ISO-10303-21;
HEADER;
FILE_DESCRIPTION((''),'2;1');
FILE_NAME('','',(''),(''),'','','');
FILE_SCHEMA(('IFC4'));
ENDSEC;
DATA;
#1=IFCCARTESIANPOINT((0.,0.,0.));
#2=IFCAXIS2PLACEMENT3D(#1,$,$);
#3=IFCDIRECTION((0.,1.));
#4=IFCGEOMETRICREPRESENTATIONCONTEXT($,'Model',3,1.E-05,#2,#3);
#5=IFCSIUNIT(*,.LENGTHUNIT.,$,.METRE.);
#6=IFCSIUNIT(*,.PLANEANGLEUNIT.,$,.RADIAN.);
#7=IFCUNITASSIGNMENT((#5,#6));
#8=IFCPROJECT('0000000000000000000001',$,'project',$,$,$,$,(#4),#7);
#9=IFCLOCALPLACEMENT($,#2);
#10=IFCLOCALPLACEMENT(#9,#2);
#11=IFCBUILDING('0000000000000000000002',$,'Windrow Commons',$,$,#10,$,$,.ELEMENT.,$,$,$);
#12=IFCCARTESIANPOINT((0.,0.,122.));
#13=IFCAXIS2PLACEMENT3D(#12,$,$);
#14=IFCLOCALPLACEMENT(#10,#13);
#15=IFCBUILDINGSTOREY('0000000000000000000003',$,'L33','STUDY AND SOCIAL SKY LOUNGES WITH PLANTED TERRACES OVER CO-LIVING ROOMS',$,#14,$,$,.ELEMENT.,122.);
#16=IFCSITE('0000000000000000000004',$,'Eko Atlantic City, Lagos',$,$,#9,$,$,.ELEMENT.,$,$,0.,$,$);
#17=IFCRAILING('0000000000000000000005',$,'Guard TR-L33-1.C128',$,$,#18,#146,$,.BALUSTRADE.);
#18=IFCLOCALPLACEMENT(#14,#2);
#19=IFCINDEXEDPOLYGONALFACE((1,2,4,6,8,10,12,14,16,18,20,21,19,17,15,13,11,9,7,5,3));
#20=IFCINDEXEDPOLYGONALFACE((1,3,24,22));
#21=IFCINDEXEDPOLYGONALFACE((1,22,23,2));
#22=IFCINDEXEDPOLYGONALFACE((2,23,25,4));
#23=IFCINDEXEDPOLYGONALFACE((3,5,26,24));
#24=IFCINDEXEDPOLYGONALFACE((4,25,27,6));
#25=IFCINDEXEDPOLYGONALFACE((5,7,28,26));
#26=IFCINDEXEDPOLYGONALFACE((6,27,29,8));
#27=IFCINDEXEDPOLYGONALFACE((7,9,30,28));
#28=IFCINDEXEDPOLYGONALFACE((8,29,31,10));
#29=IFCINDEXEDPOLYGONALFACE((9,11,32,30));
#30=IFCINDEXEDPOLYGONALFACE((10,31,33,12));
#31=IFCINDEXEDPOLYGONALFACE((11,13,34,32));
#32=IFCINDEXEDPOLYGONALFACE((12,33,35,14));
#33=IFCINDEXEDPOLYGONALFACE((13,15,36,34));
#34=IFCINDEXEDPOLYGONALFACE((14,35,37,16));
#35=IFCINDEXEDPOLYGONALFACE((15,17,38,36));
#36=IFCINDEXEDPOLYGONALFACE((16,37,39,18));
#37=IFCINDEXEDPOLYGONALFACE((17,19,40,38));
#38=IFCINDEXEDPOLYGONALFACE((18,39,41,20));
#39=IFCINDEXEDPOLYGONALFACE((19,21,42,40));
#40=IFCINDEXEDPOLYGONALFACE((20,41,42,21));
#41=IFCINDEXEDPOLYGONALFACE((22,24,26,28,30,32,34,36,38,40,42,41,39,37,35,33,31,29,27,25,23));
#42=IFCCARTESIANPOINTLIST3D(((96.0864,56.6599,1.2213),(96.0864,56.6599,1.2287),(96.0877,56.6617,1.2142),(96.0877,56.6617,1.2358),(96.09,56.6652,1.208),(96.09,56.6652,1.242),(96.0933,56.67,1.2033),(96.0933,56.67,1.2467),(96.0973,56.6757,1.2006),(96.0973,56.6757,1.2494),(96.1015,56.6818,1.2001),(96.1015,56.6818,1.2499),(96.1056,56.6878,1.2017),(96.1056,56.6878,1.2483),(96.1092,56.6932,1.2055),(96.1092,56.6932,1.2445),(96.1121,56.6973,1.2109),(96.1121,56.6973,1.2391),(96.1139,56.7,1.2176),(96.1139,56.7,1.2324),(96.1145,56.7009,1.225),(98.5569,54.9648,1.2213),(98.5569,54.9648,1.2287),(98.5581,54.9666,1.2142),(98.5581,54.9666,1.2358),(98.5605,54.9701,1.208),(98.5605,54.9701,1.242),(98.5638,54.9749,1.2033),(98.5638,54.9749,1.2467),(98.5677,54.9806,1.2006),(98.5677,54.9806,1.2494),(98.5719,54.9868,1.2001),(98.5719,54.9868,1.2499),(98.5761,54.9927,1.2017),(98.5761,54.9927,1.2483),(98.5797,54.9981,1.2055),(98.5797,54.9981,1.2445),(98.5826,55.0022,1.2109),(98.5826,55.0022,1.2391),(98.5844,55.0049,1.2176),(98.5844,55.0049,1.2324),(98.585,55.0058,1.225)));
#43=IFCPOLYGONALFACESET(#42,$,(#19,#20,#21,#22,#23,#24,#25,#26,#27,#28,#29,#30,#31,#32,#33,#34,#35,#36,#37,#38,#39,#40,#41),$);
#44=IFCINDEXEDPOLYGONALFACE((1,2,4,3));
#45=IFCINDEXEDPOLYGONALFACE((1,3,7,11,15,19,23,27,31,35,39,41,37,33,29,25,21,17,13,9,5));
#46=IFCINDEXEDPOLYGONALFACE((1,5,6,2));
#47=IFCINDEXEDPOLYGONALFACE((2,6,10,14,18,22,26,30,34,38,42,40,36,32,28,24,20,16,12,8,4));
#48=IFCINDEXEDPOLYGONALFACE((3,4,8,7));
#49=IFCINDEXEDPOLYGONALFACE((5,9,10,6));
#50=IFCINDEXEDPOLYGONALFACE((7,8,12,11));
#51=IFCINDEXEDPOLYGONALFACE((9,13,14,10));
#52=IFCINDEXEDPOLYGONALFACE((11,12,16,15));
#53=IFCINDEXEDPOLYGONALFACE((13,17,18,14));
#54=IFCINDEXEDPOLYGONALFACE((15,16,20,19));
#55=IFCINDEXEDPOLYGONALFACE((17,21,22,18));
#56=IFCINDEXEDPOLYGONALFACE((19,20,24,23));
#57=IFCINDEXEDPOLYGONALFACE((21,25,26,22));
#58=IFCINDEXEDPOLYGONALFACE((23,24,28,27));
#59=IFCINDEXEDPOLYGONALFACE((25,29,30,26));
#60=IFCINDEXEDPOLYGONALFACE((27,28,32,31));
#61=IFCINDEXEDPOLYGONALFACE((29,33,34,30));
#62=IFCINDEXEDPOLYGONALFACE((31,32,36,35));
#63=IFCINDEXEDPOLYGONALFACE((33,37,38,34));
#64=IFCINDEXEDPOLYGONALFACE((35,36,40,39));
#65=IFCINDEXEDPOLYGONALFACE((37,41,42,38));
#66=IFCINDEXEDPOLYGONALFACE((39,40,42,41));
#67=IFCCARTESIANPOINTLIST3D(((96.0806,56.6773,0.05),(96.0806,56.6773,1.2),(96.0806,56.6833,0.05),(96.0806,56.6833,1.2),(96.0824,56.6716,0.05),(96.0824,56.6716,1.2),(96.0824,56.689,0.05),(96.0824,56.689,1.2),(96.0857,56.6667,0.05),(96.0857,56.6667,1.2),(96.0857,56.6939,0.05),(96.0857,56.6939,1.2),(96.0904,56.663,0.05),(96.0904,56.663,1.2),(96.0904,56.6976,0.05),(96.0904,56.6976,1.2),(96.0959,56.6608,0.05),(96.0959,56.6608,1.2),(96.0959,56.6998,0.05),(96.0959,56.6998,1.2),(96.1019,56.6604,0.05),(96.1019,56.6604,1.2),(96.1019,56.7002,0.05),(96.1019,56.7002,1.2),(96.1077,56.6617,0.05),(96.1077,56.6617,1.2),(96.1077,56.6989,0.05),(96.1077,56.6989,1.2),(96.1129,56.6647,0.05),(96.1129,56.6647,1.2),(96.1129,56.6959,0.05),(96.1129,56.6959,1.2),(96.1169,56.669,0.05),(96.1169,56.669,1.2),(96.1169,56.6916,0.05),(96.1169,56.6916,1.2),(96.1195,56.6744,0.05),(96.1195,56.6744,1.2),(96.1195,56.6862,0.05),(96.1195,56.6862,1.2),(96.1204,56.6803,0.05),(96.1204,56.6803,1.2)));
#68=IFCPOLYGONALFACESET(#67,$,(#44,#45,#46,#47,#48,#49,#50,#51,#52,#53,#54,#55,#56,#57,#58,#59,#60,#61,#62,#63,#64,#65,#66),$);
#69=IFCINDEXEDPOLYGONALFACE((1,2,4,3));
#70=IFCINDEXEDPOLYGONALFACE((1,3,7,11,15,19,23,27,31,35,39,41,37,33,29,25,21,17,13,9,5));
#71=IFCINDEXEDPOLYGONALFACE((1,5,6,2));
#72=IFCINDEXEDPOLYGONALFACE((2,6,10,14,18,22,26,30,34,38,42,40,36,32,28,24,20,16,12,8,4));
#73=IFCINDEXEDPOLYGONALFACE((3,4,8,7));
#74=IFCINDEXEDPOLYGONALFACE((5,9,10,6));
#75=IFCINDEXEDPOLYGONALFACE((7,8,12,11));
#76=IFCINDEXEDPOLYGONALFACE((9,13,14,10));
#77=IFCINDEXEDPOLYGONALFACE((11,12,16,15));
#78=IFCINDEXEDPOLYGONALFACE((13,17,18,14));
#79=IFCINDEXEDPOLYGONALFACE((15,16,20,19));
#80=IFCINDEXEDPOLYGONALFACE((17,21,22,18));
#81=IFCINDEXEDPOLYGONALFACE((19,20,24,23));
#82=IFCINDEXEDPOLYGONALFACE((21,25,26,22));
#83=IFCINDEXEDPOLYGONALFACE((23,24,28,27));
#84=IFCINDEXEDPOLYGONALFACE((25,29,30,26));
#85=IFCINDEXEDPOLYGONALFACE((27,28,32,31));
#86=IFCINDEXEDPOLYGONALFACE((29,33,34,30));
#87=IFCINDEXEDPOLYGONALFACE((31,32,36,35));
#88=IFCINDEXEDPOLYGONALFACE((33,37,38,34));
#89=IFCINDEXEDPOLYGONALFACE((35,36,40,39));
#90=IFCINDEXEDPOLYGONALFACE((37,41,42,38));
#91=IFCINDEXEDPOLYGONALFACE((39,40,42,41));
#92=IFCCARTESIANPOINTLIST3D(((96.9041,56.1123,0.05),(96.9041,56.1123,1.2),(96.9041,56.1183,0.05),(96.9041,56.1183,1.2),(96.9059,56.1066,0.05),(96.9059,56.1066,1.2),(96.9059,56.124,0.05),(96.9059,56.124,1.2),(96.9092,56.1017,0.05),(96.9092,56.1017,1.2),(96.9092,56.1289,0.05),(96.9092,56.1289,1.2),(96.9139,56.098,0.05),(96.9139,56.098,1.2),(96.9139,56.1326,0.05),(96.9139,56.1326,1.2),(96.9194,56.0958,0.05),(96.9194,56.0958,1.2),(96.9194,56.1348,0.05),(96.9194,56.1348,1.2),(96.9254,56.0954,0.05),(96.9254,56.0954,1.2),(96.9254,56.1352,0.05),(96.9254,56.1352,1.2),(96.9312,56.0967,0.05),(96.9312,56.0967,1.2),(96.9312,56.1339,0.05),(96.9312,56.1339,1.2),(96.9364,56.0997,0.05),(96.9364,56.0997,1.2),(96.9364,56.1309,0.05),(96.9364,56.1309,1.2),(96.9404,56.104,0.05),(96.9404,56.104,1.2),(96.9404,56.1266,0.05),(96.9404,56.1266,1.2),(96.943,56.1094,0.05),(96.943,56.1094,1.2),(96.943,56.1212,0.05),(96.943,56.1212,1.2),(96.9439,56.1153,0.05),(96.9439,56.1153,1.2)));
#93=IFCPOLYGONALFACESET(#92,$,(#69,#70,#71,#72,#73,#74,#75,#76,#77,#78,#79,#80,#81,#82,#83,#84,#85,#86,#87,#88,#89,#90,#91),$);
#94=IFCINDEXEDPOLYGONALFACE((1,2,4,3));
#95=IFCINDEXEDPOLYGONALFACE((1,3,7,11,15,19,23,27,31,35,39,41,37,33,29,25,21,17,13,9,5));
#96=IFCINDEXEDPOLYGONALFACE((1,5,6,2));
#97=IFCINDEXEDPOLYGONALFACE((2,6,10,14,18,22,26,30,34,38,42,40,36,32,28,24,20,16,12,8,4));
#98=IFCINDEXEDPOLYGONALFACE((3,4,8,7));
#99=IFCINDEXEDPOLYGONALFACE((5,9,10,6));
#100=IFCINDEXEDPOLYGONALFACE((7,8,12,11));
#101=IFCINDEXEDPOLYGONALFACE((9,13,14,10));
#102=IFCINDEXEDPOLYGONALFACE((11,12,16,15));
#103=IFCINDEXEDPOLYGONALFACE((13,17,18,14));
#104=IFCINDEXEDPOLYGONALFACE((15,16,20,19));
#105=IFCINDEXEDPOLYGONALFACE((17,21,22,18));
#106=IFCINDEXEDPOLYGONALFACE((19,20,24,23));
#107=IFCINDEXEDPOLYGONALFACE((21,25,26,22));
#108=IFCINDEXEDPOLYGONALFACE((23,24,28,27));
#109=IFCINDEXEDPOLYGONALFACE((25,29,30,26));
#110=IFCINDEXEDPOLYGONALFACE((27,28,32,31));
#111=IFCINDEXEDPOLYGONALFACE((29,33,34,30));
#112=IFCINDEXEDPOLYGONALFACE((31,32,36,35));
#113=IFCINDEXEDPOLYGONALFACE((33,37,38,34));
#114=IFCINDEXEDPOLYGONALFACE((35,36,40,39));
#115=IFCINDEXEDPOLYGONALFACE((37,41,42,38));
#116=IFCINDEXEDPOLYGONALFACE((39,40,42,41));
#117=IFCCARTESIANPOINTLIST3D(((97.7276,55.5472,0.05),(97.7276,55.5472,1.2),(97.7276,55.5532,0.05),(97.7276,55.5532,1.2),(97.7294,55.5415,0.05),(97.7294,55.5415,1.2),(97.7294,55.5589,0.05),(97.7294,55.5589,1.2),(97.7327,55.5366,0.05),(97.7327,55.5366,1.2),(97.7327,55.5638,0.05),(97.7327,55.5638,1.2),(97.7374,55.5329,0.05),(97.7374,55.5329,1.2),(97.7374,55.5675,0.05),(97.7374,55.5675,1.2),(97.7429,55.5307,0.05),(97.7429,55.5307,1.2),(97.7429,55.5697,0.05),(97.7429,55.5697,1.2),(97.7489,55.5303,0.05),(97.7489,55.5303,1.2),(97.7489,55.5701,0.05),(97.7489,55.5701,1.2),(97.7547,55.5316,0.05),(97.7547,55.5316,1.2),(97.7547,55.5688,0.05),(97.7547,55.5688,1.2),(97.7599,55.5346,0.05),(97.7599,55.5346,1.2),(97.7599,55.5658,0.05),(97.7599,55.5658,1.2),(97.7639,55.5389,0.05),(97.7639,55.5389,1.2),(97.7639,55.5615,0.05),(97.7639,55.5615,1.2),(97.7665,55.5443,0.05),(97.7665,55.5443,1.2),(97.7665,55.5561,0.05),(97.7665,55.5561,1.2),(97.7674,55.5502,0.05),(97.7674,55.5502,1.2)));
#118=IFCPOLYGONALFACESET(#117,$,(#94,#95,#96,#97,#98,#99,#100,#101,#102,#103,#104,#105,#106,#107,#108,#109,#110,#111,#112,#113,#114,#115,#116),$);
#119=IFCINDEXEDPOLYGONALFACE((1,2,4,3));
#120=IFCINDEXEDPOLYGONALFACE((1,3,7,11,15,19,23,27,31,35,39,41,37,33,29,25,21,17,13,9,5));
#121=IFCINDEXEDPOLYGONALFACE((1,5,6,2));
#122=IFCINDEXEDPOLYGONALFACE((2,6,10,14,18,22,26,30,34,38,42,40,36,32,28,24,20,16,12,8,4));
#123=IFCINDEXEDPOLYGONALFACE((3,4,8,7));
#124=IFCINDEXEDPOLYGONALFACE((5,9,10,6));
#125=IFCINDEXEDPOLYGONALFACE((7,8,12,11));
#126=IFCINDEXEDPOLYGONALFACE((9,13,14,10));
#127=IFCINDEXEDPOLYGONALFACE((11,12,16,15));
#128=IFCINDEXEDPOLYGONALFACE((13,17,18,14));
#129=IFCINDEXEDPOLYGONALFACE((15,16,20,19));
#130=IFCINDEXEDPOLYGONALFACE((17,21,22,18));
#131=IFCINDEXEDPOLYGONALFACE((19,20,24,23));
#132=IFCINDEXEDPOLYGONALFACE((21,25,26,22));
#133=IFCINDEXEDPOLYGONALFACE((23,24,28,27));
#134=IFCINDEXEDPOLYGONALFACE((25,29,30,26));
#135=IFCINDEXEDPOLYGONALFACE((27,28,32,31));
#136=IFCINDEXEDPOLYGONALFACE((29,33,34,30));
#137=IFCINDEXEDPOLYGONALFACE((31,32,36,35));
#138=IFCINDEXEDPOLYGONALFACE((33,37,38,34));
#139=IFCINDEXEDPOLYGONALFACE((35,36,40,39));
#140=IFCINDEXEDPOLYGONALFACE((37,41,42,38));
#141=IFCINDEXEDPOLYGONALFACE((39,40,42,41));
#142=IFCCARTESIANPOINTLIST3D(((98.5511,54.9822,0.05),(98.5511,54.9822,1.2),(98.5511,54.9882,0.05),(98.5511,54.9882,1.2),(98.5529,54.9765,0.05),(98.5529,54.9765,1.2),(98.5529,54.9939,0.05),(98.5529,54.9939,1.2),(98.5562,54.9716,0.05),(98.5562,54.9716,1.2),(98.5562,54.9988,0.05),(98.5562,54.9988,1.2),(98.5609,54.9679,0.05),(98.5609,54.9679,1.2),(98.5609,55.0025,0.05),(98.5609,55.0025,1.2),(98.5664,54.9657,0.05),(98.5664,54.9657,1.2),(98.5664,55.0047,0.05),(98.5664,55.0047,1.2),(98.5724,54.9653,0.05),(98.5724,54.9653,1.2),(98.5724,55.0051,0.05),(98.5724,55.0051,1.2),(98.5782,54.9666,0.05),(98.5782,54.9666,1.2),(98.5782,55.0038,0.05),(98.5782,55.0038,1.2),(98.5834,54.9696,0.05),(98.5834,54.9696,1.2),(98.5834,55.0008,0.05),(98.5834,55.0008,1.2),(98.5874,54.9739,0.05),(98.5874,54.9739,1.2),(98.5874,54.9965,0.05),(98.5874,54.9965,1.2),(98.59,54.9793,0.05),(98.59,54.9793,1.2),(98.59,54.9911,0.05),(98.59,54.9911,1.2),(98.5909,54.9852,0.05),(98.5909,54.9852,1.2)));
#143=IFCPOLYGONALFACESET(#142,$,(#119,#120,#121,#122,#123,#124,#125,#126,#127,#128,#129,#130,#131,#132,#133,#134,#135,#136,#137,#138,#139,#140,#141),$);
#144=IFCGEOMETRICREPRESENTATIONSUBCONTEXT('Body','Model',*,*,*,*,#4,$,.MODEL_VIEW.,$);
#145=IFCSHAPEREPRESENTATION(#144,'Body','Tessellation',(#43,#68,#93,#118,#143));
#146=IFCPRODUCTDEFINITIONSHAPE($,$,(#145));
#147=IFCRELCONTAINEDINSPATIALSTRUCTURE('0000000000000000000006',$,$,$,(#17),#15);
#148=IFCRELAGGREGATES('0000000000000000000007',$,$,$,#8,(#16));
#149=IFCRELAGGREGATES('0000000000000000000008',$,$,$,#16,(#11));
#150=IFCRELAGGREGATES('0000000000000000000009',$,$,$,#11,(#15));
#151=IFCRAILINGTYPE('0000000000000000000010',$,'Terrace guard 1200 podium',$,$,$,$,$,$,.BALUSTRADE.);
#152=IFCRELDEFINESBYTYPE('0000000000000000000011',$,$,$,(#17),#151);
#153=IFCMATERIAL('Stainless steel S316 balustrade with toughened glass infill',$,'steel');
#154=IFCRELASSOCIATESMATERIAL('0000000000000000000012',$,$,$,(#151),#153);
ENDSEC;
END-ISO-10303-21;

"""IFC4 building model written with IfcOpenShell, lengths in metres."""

from ifc_helpers import new_model, si_unit, direction, frame, origin, origin_2d, place, context, subcontext, project, spatial, circle, extrude, material, type_object, element, save


model = new_model("IFC4")

# Units and contexts
model_context = context("Model", 3, precision=1e-05, world=origin(), true_north=direction((0.0, 1.0)))
body_context = subcontext(model_context, "Body", "Model", "MODEL_VIEW")
ifc_project = project(units=[si_unit("LENGTHUNIT", "METRE"), si_unit("PLANEANGLEUNIT", "RADIAN")], contexts=[model_context])

# Site, building, storey
site_placement = place(None, origin())
site = spatial("IfcSite", under=ifc_project, at=site_placement, Name="Eko Atlantic City, Lagos", CompositionType="ELEMENT", RefElevation=0.0)
building_placement = place(site_placement, origin())
building = spatial("IfcBuilding", under=site, at=building_placement, Name="Windrow Commons", CompositionType="ELEMENT")
storey_placement = place(building_placement, frame((0.0, 0.0, 122.0)))
storey = spatial("IfcBuildingStorey", under=building, at=storey_placement, Name="L33", Description="STUDY AND SOCIAL SKY LOUNGES WITH PLANTED TERRACES OVER CO-LIVING ROOMS", CompositionType="ELEMENT", Elevation=122.0)

# Railing
ifc_material_1 = material(Name="Stainless steel S316 balustrade with toughened glass infill", Category="steel")
railing_type_1 = type_object("IfcRailingType", Name="Terrace guard 1200 podium", PredefinedType="BALUSTRADE", material=ifc_material_1)
railing_1_placement = place(storey_placement, frame((96.1004, 56.6803, 0.05)))
element("IfcRailing", 1, at=railing_1_placement, inside=storey, type_object=railing_type_1, Name="Guard TR-L33-1.C128", PredefinedType="BALUSTRADE", context=body_context, shape_type="SweptSolid", body=[
    extrude(circle(Radius=0.025, at=origin_2d()), frame((0.0, 0.0, 1.175), z_axis=(0.824566, -0.565765, 0.0), x_axis=(0.565765, 0.824566, 0.0)), (0.0, 0.0, 1.0), 2.9961),
    extrude(circle(Radius=0.02, at=origin_2d()), origin(), (0.0, 0.0, 1.0), 1.15),
    extrude(circle(Radius=0.02, at=origin_2d()), frame((0.8235, -0.565, 0.0)), (0.0, 0.0, 1.0), 1.15),
    extrude(circle(Radius=0.02, at=origin_2d()), frame((1.647, -1.1301, 0.0)), (0.0, 0.0, 1.0), 1.15),
    extrude(circle(Radius=0.02, at=origin_2d()), frame((2.4705, -1.6951, 0.0)), (0.0, 0.0, 1.0), 1.15),
])

save(model, "model.ifc")
